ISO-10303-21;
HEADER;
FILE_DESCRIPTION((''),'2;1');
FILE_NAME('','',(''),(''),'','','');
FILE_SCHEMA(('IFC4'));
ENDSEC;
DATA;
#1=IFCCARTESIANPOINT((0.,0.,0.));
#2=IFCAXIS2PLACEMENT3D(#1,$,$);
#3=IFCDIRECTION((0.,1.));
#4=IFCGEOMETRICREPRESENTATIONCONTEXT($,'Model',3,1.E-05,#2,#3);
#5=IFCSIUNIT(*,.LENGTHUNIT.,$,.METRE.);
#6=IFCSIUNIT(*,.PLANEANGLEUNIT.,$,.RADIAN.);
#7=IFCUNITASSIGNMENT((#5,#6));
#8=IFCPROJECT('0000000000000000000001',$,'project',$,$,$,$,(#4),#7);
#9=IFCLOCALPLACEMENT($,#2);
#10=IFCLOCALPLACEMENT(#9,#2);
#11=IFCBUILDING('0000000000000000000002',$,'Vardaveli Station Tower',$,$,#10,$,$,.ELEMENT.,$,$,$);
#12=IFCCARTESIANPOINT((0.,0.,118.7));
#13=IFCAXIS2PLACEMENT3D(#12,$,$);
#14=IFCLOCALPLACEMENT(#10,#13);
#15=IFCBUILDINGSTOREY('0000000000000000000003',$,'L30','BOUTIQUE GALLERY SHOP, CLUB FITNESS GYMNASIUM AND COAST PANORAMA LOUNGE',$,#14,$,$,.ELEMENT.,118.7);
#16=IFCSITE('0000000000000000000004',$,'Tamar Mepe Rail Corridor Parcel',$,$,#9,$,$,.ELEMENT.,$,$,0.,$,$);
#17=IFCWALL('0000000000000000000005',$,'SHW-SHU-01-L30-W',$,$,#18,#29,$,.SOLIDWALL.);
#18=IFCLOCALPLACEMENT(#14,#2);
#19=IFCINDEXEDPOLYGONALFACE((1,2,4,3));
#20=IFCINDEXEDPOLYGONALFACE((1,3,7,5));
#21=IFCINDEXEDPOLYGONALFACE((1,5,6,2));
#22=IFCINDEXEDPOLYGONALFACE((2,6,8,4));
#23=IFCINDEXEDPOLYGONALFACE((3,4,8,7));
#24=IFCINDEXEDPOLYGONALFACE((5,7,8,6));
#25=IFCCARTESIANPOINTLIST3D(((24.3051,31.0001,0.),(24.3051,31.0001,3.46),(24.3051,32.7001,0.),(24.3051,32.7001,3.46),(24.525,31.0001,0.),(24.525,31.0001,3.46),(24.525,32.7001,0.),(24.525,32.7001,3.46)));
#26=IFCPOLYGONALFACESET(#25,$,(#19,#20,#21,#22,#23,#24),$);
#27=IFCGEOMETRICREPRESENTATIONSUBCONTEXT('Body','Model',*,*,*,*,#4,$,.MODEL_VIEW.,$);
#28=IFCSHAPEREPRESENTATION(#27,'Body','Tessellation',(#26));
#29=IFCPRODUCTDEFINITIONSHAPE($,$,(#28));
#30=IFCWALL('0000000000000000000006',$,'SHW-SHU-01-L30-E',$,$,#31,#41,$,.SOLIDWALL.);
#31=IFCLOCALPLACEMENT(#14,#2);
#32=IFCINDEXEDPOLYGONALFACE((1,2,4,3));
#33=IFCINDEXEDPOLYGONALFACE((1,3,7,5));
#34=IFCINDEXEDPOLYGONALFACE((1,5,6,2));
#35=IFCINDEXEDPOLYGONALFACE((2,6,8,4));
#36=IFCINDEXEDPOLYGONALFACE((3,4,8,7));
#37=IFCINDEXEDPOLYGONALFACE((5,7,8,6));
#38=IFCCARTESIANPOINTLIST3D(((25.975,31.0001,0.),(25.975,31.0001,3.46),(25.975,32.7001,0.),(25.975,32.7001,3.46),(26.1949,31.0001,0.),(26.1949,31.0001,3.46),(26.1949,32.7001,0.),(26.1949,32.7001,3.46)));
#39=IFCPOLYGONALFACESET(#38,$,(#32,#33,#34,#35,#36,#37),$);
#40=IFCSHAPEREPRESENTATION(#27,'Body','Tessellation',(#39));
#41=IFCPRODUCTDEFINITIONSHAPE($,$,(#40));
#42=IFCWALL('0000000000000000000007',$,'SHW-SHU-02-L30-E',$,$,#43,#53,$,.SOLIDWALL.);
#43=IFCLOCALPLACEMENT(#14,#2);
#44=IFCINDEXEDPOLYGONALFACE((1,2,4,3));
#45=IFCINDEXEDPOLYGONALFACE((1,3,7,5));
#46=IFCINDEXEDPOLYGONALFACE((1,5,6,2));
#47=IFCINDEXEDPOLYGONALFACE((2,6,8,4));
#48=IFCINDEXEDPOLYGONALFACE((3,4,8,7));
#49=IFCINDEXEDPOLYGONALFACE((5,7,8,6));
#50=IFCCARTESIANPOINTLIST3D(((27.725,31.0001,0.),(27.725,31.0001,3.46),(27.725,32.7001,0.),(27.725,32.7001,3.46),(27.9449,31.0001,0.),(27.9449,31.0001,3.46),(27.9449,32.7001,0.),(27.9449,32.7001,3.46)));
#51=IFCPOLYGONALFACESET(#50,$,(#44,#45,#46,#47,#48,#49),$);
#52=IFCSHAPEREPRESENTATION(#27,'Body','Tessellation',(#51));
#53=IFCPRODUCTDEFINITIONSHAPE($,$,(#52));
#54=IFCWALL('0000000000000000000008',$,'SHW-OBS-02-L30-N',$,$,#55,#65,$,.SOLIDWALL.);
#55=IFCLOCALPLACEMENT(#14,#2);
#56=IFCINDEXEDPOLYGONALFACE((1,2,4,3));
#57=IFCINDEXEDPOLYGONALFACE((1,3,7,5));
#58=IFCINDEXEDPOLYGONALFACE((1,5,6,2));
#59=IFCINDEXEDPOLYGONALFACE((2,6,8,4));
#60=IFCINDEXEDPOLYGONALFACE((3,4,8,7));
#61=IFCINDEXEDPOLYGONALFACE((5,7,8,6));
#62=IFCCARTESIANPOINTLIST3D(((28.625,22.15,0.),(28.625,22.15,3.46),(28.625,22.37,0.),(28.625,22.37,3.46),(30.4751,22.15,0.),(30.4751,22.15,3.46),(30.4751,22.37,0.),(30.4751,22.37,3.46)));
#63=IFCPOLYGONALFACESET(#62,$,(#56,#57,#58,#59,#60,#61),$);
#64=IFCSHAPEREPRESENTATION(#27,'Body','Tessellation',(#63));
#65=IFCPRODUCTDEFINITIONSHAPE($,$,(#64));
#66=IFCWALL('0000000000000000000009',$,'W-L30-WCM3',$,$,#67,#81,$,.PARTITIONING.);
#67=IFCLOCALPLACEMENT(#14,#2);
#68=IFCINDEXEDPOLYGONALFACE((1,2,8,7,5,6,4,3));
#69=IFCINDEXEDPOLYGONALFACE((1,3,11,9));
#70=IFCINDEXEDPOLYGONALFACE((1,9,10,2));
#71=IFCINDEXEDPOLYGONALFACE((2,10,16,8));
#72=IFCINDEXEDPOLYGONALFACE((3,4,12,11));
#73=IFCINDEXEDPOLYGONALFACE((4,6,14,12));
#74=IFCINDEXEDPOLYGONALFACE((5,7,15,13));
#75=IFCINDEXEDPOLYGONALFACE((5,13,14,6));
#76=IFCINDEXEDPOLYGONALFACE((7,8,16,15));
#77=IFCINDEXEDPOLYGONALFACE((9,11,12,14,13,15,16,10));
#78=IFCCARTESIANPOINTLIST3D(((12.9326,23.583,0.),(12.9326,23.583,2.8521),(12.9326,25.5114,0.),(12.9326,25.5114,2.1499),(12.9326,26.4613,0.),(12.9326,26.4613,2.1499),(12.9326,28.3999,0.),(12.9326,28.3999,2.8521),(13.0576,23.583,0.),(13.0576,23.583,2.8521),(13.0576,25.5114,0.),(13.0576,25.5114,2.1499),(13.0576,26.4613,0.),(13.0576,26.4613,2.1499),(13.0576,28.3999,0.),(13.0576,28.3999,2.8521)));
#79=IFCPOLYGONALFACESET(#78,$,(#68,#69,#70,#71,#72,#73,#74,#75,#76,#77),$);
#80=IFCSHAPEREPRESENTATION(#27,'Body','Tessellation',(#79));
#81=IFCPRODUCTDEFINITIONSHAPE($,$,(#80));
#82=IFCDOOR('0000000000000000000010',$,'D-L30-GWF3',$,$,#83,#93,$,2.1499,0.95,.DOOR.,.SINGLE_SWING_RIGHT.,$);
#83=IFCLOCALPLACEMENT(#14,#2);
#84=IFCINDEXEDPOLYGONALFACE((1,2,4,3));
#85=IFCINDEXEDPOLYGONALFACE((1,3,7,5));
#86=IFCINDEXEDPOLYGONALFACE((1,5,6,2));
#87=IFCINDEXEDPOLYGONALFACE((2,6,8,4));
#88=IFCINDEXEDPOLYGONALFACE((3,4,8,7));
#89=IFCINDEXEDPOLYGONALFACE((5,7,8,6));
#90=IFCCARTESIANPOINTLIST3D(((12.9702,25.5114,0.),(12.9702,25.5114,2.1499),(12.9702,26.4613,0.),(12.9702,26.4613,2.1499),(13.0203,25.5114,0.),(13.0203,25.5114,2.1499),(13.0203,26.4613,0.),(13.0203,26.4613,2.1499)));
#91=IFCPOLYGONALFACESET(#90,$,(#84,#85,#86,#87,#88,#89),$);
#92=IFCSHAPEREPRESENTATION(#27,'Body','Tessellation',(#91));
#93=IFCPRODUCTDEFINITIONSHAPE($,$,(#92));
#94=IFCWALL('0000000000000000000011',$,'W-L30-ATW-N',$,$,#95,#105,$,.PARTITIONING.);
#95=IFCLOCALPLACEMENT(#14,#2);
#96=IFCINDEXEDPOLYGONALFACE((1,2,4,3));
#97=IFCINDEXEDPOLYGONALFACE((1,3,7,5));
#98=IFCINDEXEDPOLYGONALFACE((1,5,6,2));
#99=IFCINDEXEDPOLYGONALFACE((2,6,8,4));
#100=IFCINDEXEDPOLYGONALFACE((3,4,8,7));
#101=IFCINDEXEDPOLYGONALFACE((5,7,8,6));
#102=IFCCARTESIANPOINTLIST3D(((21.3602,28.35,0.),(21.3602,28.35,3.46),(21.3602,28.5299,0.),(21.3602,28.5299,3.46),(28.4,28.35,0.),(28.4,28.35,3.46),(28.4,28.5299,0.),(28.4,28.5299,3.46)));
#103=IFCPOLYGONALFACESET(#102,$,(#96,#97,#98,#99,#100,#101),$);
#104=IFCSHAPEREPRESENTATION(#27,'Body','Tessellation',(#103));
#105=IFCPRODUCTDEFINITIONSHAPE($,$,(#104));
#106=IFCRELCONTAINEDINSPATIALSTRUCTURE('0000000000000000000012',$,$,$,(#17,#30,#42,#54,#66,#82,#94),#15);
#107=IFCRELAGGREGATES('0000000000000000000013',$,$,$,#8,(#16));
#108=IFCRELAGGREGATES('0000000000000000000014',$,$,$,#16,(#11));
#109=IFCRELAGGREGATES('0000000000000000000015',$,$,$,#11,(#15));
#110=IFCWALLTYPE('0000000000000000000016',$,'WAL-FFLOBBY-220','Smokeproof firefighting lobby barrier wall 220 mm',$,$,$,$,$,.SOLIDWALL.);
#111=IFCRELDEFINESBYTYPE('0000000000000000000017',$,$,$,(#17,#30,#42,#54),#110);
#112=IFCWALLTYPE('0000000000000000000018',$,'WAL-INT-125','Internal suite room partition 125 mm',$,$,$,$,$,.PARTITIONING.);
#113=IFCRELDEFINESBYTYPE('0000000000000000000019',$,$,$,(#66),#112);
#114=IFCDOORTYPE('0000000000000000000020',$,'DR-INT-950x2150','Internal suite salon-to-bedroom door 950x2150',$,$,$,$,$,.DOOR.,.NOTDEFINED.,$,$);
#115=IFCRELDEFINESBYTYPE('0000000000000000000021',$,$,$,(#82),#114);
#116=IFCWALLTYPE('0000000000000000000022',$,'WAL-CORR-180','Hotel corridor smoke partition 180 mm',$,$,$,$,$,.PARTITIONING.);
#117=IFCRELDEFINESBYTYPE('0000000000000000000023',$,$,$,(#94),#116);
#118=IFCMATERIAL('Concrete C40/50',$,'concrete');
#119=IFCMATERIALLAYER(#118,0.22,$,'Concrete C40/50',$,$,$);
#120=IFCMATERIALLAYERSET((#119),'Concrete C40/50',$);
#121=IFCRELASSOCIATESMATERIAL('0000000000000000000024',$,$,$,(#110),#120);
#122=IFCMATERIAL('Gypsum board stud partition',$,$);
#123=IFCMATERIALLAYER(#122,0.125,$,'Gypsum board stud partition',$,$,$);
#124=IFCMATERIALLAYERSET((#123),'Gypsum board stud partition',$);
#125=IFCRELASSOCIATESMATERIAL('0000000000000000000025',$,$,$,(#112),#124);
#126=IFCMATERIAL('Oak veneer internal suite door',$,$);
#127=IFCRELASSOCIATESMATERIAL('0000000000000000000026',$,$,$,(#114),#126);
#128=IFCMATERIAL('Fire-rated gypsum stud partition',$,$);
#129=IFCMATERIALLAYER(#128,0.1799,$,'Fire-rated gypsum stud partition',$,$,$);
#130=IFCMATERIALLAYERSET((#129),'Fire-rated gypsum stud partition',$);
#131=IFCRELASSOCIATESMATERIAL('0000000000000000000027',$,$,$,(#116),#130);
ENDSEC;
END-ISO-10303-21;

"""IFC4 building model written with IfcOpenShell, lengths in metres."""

from ifc_helpers import new_model, si_unit, direction, frame, frame_2d, origin, place, context, subcontext, project, spatial, rectangle, extrude, source, transform, mapped, material, layer, layer_set, type_object, element, fill, save


model = new_model("IFC4")

# Units and contexts
model_context = context("Model", 3, precision=1e-05, world=origin(), true_north=direction((0.0, 1.0)))
body_context = subcontext(model_context, "Body", "Model", "MODEL_VIEW")
ifc_project = project(units=[si_unit("LENGTHUNIT", "METRE"), si_unit("PLANEANGLEUNIT", "RADIAN")], contexts=[model_context])

# Site, building, storey
site_placement = place(None, origin())
site = spatial("IfcSite", under=ifc_project, at=site_placement, Name="Tamar Mepe Rail Corridor Parcel", CompositionType="ELEMENT", RefElevation=0.0)
building_placement = place(site_placement, origin())
building = spatial("IfcBuilding", under=site, at=building_placement, Name="Vardaveli Station Tower", CompositionType="ELEMENT")
storey_placement = place(building_placement, frame((0.0, 0.0, 118.7)))
storey = spatial("IfcBuildingStorey", under=building, at=storey_placement, Name="L30", Description="BOUTIQUE GALLERY SHOP, CLUB FITNESS GYMNASIUM AND COAST PANORAMA LOUNGE", CompositionType="ELEMENT", Elevation=118.7)

# Shared definitions
ifc_material_1 = material(Name="Concrete C40/50", Category="concrete")

# Walls
ifc_layer_1 = layer(ifc_material_1, 0.22, Name="Concrete C40/50")
ifc_layer_set_1 = layer_set([ifc_layer_1], Name="Concrete C40/50")
wall_type_1 = type_object("IfcWallType", Name="WAL-FFLOBBY-220", Description="Smokeproof firefighting lobby barrier wall 220 mm", PredefinedType="SOLIDWALL", material=ifc_layer_set_1)
shared_shape_1 = source(origin(), body_context, "Body", "SweptSolid", [
    extrude(rectangle(XDim=1.7, YDim=0.22, at=frame_2d((0.8501, 0.0))), origin(), (0.0, 0.0, 1.0), 3.46),
])
for number, where, z_axis, x_axis, name in (
    (1, (24.415, 31.0, 0.0), (0.0, 0.0, 1.0), (0.0, 1.0, 0.0), "SHW-SHU-01-L30-W"),
    (2, (26.085, 31.0, 0.0), (0.0, 0.0, 1.0), (0.0, 1.0, 0.0), "SHW-SHU-01-L30-E"),
    (3, (27.835, 31.0, 0.0), (0.0, 0.0, 1.0), (0.0, 1.0, 0.0), "SHW-SHU-02-L30-E"),
):
    element("IfcWall", number, at=place(storey_placement, frame(where, z_axis=z_axis, x_axis=x_axis)), inside=storey, type_object=wall_type_1, Name=name, PredefinedType="SOLIDWALL", context=body_context, shape_type="MappedRepresentation", body=[
        mapped(shared_shape_1, transform((0.0, 0.0, 0.0), scale=1.0)),
    ])
shared_shape_2 = source(origin(), body_context, "Body", "SweptSolid", [
    extrude(rectangle(XDim=1.8501, YDim=0.22, at=frame_2d((0.925, 0.0))), origin(), (0.0, 0.0, 1.0), 3.46),
])
wall_1_placement = place(storey_placement, frame((28.625, 22.26, 0.0), z_axis=(0.0, 0.0, 1.0), x_axis=(1.0, 0.0, 0.0)))
element("IfcWall", 4, at=wall_1_placement, inside=storey, type_object=wall_type_1, Name="SHW-OBS-02-L30-N", PredefinedType="SOLIDWALL", context=body_context, shape_type="MappedRepresentation", body=[
    mapped(shared_shape_2, transform((0.0, 0.0, 0.0), scale=1.0)),
])

# Wall, opening, door
ifc_material_2 = material(Name="Gypsum board stud partition")
ifc_layer_2 = layer(ifc_material_2, 0.125, Name="Gypsum board stud partition")
ifc_layer_set_2 = layer_set([ifc_layer_2], Name="Gypsum board stud partition")
wall_type_2 = type_object("IfcWallType", Name="WAL-INT-125", Description="Internal suite room partition 125 mm", PredefinedType="PARTITIONING", material=ifc_layer_set_2)
shared_shape_3 = source(origin(), body_context, "Body", "SweptSolid", [
    extrude(rectangle(XDim=4.8169, YDim=0.125, at=frame_2d((2.4084, 0.0))), origin(), (0.0, 0.0, 1.0), 2.8521),
])
wall_2_placement = place(storey_placement, frame((12.9951, 23.583, 0.0), z_axis=(0.0, 0.0, 1.0), x_axis=(0.0, 1.0, 0.0)))
wall_2 = element("IfcWall", 5, at=wall_2_placement, inside=storey, type_object=wall_type_2, Name="W-L30-WCM3", PredefinedType="PARTITIONING", context=body_context, shape_type="MappedRepresentation", body=[
    mapped(shared_shape_3, transform((0.0, 0.0, 0.0), scale=1.0)),
])
shared_shape_4 = source(origin(), body_context, "Body", "SweptSolid", [
    extrude(rectangle(XDim=0.95, YDim=2.1499, at=frame_2d((0.4751, 1.075))), frame((0.0, 0.0725, 0.0), z_axis=(0.0, -1.0, 0.0), x_axis=(1.0, 0.0, 0.0)), (0.0, 0.0, 1.0), 0.145),
])
opening_1_placement = place(wall_2_placement, frame((1.9282, 0.0, 0.0)))
opening_1 = element("IfcOpeningElement", 6, at=opening_1_placement, cuts=wall_2, PredefinedType="OPENING", context=body_context, shape_type="MappedRepresentation", body=[
    mapped(shared_shape_4, transform((0.0, 0.0, 0.0), scale=1.0)),
])
ifc_material_3 = material(Name="Oak veneer internal suite door")
door_type_1 = type_object("IfcDoorType", Name="DR-INT-950x2150", Description="Internal suite salon-to-bedroom door 950x2150", OperationType="NOTDEFINED", PredefinedType="DOOR", material=ifc_material_3)
shared_shape_5 = source(origin(), body_context, "Body", "SweptSolid", [
    extrude(rectangle(XDim=0.95, YDim=2.1499, at=frame_2d((0.4751, 1.075))), frame((0.0, 0.0249, 0.0), z_axis=(0.0, -1.0, 0.0), x_axis=(1.0, 0.0, 0.0)), (0.0, 0.0, 1.0), 0.05),
])
door_1_placement = place(opening_1_placement, origin())
door_1 = element("IfcDoor", 7, at=door_1_placement, inside=storey, type_object=door_type_1, Name="D-L30-GWF3", OperationType="SINGLE_SWING_RIGHT", OverallHeight=2.1499, OverallWidth=0.95, PredefinedType="DOOR", context=body_context, shape_type="MappedRepresentation", body=[
    mapped(shared_shape_5, transform((0.0, 0.0, 0.0), scale=1.0)),
])
fill(opening_1, door_1)

# Wall
ifc_material_4 = material(Name="Fire-rated gypsum stud partition")
ifc_layer_3 = layer(ifc_material_4, 0.1799, Name="Fire-rated gypsum stud partition")
ifc_layer_set_3 = layer_set([ifc_layer_3], Name="Fire-rated gypsum stud partition")
wall_type_3 = type_object("IfcWallType", Name="WAL-CORR-180", Description="Hotel corridor smoke partition 180 mm", PredefinedType="PARTITIONING", material=ifc_layer_set_3)
shared_shape_6 = source(origin(), body_context, "Body", "SweptSolid", [
    extrude(rectangle(XDim=7.0398, YDim=0.1799, at=frame_2d((3.52, 0.0))), origin(), (0.0, 0.0, 1.0), 3.46),
])
wall_3_placement = place(storey_placement, frame((21.3601, 28.4399, 0.0), z_axis=(0.0, 0.0, 1.0), x_axis=(1.0, 0.0, 0.0)))
element("IfcWall", 8, at=wall_3_placement, inside=storey, type_object=wall_type_3, Name="W-L30-ATW-N", PredefinedType="PARTITIONING", context=body_context, shape_type="MappedRepresentation", body=[
    mapped(shared_shape_6, transform((0.0, 0.0, 0.0), scale=1.0)),
])

save(model, "model.ifc")
